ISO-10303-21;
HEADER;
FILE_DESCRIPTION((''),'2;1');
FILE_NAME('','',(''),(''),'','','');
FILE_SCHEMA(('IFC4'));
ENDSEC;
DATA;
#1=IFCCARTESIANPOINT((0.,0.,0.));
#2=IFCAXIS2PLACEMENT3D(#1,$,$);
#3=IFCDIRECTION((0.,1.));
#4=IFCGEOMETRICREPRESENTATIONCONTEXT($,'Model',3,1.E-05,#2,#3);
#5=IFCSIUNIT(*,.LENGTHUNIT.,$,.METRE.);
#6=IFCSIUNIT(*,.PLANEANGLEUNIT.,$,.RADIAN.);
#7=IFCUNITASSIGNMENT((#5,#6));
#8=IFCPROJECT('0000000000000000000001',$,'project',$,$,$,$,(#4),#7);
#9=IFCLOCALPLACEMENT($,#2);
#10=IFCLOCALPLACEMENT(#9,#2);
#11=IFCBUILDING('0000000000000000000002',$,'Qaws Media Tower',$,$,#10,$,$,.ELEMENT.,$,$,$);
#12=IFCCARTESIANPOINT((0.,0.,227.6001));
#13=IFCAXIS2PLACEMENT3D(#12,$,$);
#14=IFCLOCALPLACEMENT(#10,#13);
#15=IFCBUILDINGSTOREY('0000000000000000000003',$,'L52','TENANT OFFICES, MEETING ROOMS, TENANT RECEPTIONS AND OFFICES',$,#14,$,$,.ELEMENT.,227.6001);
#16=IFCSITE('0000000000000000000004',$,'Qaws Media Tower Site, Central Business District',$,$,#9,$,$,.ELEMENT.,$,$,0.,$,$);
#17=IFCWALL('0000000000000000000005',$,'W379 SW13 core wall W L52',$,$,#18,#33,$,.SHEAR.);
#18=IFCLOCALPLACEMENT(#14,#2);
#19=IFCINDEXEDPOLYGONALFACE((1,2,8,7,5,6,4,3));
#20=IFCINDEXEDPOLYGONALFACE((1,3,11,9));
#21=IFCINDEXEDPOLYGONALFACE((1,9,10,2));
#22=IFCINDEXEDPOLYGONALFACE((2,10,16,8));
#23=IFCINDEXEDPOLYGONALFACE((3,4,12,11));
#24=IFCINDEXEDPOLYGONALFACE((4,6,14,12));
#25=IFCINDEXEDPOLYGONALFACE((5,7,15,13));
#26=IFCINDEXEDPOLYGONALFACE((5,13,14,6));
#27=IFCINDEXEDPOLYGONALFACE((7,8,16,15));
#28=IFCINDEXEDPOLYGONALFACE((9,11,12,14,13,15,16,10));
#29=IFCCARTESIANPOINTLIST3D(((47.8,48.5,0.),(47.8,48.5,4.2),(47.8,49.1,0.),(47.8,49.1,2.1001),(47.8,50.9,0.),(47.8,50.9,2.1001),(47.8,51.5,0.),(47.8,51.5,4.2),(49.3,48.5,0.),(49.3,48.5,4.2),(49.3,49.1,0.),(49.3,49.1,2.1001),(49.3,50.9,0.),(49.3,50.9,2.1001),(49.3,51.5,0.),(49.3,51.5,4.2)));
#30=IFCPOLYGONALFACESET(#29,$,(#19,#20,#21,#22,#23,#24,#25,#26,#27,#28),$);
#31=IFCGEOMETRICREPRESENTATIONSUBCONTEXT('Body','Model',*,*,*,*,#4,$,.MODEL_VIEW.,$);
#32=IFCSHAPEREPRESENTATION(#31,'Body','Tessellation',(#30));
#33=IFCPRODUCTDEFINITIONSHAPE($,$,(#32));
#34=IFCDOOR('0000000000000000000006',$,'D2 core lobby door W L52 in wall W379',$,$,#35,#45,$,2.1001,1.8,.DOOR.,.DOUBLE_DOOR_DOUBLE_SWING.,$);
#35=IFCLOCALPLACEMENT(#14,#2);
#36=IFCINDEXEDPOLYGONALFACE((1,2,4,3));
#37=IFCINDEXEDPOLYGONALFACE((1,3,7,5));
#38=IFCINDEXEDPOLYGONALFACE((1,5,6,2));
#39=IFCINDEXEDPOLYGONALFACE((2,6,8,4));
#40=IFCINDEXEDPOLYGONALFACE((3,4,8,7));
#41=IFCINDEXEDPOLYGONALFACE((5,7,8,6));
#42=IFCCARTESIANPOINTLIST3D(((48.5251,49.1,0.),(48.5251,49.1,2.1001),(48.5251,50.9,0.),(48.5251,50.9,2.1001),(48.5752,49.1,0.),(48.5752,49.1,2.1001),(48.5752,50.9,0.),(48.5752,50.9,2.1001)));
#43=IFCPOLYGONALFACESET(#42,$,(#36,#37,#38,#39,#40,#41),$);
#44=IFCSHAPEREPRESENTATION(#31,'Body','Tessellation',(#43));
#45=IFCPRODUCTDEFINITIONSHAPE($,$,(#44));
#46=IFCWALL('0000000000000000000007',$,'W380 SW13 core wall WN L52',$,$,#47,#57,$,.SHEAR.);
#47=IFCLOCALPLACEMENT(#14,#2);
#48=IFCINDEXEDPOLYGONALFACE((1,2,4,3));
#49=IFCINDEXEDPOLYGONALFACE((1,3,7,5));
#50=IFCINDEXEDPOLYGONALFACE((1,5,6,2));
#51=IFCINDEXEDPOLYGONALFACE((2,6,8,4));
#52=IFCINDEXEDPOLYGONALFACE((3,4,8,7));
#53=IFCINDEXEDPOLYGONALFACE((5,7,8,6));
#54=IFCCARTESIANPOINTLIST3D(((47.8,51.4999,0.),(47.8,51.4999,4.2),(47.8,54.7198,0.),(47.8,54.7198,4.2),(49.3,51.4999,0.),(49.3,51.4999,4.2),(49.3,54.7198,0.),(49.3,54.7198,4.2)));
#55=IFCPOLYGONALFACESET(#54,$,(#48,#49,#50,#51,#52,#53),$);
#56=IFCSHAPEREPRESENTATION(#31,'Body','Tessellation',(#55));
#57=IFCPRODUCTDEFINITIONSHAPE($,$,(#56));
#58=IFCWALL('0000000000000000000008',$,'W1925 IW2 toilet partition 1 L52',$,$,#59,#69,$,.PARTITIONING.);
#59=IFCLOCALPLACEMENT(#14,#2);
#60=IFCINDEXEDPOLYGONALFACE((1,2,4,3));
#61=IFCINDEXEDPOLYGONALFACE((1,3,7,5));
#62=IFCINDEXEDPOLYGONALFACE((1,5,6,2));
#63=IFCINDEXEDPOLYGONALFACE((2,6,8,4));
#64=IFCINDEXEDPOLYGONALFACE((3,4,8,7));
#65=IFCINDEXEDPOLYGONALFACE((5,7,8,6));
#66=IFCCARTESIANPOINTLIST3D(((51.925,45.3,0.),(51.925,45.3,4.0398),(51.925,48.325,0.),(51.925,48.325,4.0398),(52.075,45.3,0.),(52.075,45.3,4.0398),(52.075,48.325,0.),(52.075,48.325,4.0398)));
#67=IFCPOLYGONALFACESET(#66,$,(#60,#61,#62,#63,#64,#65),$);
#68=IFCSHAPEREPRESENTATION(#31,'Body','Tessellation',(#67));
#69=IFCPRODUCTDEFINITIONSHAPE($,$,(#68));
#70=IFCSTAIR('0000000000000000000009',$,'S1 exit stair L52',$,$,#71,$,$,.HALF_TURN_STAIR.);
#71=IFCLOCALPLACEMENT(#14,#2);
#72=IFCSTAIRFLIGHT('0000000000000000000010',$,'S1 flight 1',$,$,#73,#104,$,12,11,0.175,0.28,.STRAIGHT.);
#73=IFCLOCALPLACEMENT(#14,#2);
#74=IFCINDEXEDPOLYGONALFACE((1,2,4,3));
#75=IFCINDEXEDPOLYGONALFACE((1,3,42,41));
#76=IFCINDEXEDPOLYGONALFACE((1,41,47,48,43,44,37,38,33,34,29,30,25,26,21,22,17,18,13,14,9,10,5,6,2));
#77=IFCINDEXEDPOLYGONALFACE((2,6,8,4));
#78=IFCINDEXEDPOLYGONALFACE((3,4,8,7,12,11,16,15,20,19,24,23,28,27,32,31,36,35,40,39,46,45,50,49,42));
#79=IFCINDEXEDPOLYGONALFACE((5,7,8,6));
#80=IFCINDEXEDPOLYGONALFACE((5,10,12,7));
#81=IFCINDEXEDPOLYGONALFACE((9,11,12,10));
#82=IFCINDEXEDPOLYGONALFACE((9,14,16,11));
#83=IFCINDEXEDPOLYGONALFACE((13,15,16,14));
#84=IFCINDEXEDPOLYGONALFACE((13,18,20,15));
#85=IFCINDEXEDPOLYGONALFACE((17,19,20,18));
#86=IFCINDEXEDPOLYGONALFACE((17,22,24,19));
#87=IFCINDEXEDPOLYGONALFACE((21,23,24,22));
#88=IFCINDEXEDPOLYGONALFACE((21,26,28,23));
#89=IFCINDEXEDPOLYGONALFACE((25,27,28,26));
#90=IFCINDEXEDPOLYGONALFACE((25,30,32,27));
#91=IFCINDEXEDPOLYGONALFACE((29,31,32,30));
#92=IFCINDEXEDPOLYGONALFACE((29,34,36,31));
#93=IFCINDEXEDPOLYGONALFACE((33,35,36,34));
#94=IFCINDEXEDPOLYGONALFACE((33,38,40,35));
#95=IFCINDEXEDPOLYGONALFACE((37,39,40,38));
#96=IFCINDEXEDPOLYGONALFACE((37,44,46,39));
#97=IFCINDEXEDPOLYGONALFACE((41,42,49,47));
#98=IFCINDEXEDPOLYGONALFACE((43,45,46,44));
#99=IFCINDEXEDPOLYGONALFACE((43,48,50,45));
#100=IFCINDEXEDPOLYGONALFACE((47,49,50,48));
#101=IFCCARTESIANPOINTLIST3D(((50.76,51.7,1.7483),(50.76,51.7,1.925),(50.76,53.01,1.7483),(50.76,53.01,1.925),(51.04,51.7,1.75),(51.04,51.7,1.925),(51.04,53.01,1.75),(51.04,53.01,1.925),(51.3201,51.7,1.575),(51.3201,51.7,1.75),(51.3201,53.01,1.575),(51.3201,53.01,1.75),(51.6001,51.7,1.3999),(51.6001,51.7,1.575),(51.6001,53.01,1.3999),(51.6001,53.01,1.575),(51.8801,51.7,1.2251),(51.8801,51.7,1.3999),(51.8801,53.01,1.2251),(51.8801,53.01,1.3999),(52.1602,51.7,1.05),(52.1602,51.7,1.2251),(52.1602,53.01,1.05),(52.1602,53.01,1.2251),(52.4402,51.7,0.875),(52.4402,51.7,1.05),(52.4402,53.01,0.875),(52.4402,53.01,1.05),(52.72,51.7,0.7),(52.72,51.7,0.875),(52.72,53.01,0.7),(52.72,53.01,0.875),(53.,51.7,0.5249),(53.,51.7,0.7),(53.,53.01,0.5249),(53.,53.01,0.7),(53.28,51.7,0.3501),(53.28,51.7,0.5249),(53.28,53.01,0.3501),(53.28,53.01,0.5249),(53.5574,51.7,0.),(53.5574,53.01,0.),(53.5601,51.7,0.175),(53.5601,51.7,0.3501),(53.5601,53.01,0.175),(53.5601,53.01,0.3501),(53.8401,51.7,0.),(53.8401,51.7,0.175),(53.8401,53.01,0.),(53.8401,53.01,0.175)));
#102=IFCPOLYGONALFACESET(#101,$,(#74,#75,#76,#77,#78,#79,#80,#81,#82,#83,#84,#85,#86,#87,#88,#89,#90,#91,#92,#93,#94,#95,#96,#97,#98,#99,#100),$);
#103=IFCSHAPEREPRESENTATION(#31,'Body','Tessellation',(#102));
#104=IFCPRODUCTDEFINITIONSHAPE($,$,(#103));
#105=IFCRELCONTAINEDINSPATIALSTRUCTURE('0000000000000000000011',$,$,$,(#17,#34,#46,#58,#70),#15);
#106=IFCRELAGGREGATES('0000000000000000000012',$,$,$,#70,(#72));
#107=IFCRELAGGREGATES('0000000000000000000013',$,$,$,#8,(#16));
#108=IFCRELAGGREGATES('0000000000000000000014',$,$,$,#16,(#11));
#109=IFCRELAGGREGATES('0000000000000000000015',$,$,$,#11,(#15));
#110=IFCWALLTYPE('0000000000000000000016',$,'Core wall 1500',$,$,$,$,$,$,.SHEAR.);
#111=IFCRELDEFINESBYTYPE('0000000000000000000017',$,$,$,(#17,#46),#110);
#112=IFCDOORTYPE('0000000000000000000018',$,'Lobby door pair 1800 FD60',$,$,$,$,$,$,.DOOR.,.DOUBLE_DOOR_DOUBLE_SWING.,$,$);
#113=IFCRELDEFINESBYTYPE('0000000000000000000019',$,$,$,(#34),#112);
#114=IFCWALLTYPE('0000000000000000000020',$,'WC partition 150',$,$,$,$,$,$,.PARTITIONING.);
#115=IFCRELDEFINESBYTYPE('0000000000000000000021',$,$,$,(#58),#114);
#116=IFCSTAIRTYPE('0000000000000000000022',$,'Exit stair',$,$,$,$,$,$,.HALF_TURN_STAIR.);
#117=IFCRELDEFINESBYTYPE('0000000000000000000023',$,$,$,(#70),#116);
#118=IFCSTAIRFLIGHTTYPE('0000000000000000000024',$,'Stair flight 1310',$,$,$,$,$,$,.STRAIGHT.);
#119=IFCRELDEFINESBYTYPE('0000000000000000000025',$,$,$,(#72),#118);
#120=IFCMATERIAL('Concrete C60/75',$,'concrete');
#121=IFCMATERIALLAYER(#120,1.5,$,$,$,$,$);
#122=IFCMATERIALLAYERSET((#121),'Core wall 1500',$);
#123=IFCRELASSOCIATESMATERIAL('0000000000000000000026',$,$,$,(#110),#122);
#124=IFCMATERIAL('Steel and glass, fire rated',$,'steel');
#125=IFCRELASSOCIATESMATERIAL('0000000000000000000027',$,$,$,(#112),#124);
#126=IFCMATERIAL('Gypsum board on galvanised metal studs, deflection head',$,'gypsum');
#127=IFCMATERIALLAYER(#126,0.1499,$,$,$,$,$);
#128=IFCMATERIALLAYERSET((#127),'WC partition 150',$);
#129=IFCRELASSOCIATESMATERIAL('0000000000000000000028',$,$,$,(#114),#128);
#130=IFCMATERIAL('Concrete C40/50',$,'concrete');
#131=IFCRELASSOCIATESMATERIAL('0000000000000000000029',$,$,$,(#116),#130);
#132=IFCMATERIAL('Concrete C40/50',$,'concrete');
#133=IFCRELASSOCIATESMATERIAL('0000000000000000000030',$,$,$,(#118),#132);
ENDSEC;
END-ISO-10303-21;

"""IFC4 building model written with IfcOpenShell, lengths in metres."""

from ifc_helpers import new_model, si_unit, direction, frame, frame_2d, origin, place, context, subcontext, project, spatial, polyline, rectangle, outline, extrude, material, layer, layer_set, type_object, element, fill, aggregate, save


model = new_model("IFC4")

# Units and contexts
model_context = context("Model", 3, precision=1e-05, world=origin(), true_north=direction((0.0, 1.0)))
body_context = subcontext(model_context, "Body", "Model", "MODEL_VIEW")
ifc_project = project(units=[si_unit("LENGTHUNIT", "METRE"), si_unit("PLANEANGLEUNIT", "RADIAN")], contexts=[model_context])

# Site, building, storey
site_placement = place(None, origin())
site = spatial("IfcSite", under=ifc_project, at=site_placement, Name="Qaws Media Tower Site, Central Business District", CompositionType="ELEMENT", RefElevation=0.0)
building_placement = place(site_placement, origin())
building = spatial("IfcBuilding", under=site, at=building_placement, Name="Qaws Media Tower", CompositionType="ELEMENT")
storey_placement = place(building_placement, frame((0.0, 0.0, 227.6001)))
storey = spatial("IfcBuildingStorey", under=building, at=storey_placement, Name="L52", Description="TENANT OFFICES, MEETING ROOMS, TENANT RECEPTIONS AND OFFICES", CompositionType="ELEMENT", Elevation=227.6001)

# Shared definitions
ifc_material_1 = material(Name="Concrete C60/75", Category="concrete")
ifc_layer_1 = layer(ifc_material_1, 1.5)
ifc_layer_set_1 = layer_set([ifc_layer_1], Name="Core wall 1500")
wall_type_1 = type_object("IfcWallType", Name="Core wall 1500", PredefinedType="SHEAR", material=ifc_layer_set_1)

# Wall, opening, door
wall_1_placement = place(storey_placement, frame((48.55, 48.5, 0.0), z_axis=(0.0, 0.0, 1.0), x_axis=(0.0, 1.0, 0.0)))
wall_1 = element("IfcWall", 1, at=wall_1_placement, inside=storey, type_object=wall_type_1, Name="W379 SW13 core wall W L52", PredefinedType="SHEAR", context=body_context, shape_type="SweptSolid", body=[
    extrude(rectangle(XDim=3.0, YDim=1.5, at=frame_2d((1.5, 0.0))), origin(), (0.0, 0.0, 1.0), 4.2),
])
opening_1_placement = place(wall_1_placement, frame((0.6001, 0.0, 0.0)))
opening_1 = element("IfcOpeningElement", 2, at=opening_1_placement, cuts=wall_1, PredefinedType="OPENING", context=body_context, shape_type="SweptSolid", body=[
    extrude(rectangle(XDim=1.8, YDim=2.1001, at=frame_2d((0.8999, 1.05))), frame((0.0, 0.76, 0.0), z_axis=(0.0, -1.0, 0.0), x_axis=(1.0, 0.0, 0.0)), (0.0, 0.0, 1.0), 1.52),
])
ifc_material_2 = material(Name="Steel and glass, fire rated", Category="steel")
door_type_1 = type_object("IfcDoorType", Name="Lobby door pair 1800 FD60", OperationType="DOUBLE_DOOR_DOUBLE_SWING", PredefinedType="DOOR", material=ifc_material_2)
door_1_placement = place(opening_1_placement, origin())
door_1 = element("IfcDoor", 3, at=door_1_placement, inside=storey, type_object=door_type_1, Name="D2 core lobby door W L52 in wall W379", OperationType="DOUBLE_DOOR_DOUBLE_SWING", OverallHeight=2.1001, OverallWidth=1.8, PredefinedType="DOOR", context=body_context, shape_type="SweptSolid", body=[
    extrude(rectangle(XDim=1.8, YDim=2.1001, at=frame_2d((0.8999, 1.05))), frame((0.0, 0.0249, 0.0), z_axis=(0.0, -1.0, 0.0), x_axis=(1.0, 0.0, 0.0)), (0.0, 0.0, 1.0), 0.05),
])
fill(opening_1, door_1)

# Walls
wall_2_placement = place(storey_placement, frame((48.55, 51.5, 0.0), z_axis=(0.0, 0.0, 1.0), x_axis=(0.0, 1.0, 0.0)))
element("IfcWall", 4, at=wall_2_placement, inside=storey, type_object=wall_type_1, Name="W380 SW13 core wall WN L52", PredefinedType="SHEAR", context=body_context, shape_type="SweptSolid", body=[
    extrude(rectangle(XDim=3.22, YDim=1.5, at=frame_2d((1.6099, 0.0))), origin(), (0.0, 0.0, 1.0), 4.2),
])
ifc_material_3 = material(Name="Gypsum board on galvanised metal studs, deflection head", Category="gypsum")
ifc_layer_2 = layer(ifc_material_3, 0.1499)
ifc_layer_set_2 = layer_set([ifc_layer_2], Name="WC partition 150")
wall_type_2 = type_object("IfcWallType", Name="WC partition 150", PredefinedType="PARTITIONING", material=ifc_layer_set_2)
wall_3_placement = place(storey_placement, frame((52.0, 45.3, 0.0), z_axis=(0.0, 0.0, 1.0), x_axis=(0.0, 1.0, 0.0)))
element("IfcWall", 5, at=wall_3_placement, inside=storey, type_object=wall_type_2, Name="W1925 IW2 toilet partition 1 L52", PredefinedType="PARTITIONING", context=body_context, shape_type="SweptSolid", body=[
    extrude(rectangle(XDim=3.0249, YDim=0.1499, at=frame_2d((1.5125, 0.0))), origin(), (0.0, 0.0, 1.0), 4.0398),
])

# Stair, stair flight
ifc_material_4 = material(Name="Concrete C40/50", Category="concrete")
stair_type = type_object("IfcStairType", Name="Exit stair", PredefinedType="HALF_TURN_STAIR", material=ifc_material_4)
stair_placement = place(storey_placement, origin())
stair = element("IfcStair", 6, at=stair_placement, inside=storey, type_object=stair_type, Name="S1 exit stair L52", PredefinedType="HALF_TURN_STAIR")
ifc_material_5 = material(Name="Concrete C40/50", Category="concrete")
stair_flight_type = type_object("IfcStairFlightType", Name="Stair flight 1310", PredefinedType="STRAIGHT", material=ifc_material_5)
stair_flight_placement = place(storey_placement, frame((53.8401, 52.355, 0.0), z_axis=(0.0, 0.0, 1.0), x_axis=(-1.0, 0.0, 0.0)))
stair_flight = element("IfcStairFlight", 7, at=stair_flight_placement, type_object=stair_flight_type, Name="S1 flight 1", NumberOfRisers=12, NumberOfTreads=11, PredefinedType="STRAIGHT", RiserHeight=0.175, TreadLength=0.28, context=body_context, shape_type="SweptSolid", body=[
    extrude(outline(polyline([(0.0, 0.0), (0.0, 0.175), (0.28, 0.175), (0.28, 0.3501), (0.5601, 0.3501), (0.5601, 0.5249), (0.8401, 0.5249), (0.8401, 0.7), (1.1201, 0.7), (1.1201, 0.875), (1.3999, 0.875), (1.3999, 1.05), (1.6799, 1.05), (1.6799, 1.2251), (1.96, 1.2251), (1.96, 1.3999), (2.24, 1.3999), (2.24, 1.575), (2.52, 1.575), (2.52, 1.75), (2.8, 1.75), (2.8, 1.925), (3.0801, 1.925), (3.0801, 2.1001), (3.0801, 1.7483), (0.2827, 0.0), (0.0, 0.0)])), frame((0.0, 0.655, 0.0), z_axis=(0.0, -1.0, 0.0), x_axis=(1.0, 0.0, 0.0)), (0.0, 0.0, 1.0), 1.3101),
])
aggregate(stair, [stair_flight])

save(model, "model.ifc")
